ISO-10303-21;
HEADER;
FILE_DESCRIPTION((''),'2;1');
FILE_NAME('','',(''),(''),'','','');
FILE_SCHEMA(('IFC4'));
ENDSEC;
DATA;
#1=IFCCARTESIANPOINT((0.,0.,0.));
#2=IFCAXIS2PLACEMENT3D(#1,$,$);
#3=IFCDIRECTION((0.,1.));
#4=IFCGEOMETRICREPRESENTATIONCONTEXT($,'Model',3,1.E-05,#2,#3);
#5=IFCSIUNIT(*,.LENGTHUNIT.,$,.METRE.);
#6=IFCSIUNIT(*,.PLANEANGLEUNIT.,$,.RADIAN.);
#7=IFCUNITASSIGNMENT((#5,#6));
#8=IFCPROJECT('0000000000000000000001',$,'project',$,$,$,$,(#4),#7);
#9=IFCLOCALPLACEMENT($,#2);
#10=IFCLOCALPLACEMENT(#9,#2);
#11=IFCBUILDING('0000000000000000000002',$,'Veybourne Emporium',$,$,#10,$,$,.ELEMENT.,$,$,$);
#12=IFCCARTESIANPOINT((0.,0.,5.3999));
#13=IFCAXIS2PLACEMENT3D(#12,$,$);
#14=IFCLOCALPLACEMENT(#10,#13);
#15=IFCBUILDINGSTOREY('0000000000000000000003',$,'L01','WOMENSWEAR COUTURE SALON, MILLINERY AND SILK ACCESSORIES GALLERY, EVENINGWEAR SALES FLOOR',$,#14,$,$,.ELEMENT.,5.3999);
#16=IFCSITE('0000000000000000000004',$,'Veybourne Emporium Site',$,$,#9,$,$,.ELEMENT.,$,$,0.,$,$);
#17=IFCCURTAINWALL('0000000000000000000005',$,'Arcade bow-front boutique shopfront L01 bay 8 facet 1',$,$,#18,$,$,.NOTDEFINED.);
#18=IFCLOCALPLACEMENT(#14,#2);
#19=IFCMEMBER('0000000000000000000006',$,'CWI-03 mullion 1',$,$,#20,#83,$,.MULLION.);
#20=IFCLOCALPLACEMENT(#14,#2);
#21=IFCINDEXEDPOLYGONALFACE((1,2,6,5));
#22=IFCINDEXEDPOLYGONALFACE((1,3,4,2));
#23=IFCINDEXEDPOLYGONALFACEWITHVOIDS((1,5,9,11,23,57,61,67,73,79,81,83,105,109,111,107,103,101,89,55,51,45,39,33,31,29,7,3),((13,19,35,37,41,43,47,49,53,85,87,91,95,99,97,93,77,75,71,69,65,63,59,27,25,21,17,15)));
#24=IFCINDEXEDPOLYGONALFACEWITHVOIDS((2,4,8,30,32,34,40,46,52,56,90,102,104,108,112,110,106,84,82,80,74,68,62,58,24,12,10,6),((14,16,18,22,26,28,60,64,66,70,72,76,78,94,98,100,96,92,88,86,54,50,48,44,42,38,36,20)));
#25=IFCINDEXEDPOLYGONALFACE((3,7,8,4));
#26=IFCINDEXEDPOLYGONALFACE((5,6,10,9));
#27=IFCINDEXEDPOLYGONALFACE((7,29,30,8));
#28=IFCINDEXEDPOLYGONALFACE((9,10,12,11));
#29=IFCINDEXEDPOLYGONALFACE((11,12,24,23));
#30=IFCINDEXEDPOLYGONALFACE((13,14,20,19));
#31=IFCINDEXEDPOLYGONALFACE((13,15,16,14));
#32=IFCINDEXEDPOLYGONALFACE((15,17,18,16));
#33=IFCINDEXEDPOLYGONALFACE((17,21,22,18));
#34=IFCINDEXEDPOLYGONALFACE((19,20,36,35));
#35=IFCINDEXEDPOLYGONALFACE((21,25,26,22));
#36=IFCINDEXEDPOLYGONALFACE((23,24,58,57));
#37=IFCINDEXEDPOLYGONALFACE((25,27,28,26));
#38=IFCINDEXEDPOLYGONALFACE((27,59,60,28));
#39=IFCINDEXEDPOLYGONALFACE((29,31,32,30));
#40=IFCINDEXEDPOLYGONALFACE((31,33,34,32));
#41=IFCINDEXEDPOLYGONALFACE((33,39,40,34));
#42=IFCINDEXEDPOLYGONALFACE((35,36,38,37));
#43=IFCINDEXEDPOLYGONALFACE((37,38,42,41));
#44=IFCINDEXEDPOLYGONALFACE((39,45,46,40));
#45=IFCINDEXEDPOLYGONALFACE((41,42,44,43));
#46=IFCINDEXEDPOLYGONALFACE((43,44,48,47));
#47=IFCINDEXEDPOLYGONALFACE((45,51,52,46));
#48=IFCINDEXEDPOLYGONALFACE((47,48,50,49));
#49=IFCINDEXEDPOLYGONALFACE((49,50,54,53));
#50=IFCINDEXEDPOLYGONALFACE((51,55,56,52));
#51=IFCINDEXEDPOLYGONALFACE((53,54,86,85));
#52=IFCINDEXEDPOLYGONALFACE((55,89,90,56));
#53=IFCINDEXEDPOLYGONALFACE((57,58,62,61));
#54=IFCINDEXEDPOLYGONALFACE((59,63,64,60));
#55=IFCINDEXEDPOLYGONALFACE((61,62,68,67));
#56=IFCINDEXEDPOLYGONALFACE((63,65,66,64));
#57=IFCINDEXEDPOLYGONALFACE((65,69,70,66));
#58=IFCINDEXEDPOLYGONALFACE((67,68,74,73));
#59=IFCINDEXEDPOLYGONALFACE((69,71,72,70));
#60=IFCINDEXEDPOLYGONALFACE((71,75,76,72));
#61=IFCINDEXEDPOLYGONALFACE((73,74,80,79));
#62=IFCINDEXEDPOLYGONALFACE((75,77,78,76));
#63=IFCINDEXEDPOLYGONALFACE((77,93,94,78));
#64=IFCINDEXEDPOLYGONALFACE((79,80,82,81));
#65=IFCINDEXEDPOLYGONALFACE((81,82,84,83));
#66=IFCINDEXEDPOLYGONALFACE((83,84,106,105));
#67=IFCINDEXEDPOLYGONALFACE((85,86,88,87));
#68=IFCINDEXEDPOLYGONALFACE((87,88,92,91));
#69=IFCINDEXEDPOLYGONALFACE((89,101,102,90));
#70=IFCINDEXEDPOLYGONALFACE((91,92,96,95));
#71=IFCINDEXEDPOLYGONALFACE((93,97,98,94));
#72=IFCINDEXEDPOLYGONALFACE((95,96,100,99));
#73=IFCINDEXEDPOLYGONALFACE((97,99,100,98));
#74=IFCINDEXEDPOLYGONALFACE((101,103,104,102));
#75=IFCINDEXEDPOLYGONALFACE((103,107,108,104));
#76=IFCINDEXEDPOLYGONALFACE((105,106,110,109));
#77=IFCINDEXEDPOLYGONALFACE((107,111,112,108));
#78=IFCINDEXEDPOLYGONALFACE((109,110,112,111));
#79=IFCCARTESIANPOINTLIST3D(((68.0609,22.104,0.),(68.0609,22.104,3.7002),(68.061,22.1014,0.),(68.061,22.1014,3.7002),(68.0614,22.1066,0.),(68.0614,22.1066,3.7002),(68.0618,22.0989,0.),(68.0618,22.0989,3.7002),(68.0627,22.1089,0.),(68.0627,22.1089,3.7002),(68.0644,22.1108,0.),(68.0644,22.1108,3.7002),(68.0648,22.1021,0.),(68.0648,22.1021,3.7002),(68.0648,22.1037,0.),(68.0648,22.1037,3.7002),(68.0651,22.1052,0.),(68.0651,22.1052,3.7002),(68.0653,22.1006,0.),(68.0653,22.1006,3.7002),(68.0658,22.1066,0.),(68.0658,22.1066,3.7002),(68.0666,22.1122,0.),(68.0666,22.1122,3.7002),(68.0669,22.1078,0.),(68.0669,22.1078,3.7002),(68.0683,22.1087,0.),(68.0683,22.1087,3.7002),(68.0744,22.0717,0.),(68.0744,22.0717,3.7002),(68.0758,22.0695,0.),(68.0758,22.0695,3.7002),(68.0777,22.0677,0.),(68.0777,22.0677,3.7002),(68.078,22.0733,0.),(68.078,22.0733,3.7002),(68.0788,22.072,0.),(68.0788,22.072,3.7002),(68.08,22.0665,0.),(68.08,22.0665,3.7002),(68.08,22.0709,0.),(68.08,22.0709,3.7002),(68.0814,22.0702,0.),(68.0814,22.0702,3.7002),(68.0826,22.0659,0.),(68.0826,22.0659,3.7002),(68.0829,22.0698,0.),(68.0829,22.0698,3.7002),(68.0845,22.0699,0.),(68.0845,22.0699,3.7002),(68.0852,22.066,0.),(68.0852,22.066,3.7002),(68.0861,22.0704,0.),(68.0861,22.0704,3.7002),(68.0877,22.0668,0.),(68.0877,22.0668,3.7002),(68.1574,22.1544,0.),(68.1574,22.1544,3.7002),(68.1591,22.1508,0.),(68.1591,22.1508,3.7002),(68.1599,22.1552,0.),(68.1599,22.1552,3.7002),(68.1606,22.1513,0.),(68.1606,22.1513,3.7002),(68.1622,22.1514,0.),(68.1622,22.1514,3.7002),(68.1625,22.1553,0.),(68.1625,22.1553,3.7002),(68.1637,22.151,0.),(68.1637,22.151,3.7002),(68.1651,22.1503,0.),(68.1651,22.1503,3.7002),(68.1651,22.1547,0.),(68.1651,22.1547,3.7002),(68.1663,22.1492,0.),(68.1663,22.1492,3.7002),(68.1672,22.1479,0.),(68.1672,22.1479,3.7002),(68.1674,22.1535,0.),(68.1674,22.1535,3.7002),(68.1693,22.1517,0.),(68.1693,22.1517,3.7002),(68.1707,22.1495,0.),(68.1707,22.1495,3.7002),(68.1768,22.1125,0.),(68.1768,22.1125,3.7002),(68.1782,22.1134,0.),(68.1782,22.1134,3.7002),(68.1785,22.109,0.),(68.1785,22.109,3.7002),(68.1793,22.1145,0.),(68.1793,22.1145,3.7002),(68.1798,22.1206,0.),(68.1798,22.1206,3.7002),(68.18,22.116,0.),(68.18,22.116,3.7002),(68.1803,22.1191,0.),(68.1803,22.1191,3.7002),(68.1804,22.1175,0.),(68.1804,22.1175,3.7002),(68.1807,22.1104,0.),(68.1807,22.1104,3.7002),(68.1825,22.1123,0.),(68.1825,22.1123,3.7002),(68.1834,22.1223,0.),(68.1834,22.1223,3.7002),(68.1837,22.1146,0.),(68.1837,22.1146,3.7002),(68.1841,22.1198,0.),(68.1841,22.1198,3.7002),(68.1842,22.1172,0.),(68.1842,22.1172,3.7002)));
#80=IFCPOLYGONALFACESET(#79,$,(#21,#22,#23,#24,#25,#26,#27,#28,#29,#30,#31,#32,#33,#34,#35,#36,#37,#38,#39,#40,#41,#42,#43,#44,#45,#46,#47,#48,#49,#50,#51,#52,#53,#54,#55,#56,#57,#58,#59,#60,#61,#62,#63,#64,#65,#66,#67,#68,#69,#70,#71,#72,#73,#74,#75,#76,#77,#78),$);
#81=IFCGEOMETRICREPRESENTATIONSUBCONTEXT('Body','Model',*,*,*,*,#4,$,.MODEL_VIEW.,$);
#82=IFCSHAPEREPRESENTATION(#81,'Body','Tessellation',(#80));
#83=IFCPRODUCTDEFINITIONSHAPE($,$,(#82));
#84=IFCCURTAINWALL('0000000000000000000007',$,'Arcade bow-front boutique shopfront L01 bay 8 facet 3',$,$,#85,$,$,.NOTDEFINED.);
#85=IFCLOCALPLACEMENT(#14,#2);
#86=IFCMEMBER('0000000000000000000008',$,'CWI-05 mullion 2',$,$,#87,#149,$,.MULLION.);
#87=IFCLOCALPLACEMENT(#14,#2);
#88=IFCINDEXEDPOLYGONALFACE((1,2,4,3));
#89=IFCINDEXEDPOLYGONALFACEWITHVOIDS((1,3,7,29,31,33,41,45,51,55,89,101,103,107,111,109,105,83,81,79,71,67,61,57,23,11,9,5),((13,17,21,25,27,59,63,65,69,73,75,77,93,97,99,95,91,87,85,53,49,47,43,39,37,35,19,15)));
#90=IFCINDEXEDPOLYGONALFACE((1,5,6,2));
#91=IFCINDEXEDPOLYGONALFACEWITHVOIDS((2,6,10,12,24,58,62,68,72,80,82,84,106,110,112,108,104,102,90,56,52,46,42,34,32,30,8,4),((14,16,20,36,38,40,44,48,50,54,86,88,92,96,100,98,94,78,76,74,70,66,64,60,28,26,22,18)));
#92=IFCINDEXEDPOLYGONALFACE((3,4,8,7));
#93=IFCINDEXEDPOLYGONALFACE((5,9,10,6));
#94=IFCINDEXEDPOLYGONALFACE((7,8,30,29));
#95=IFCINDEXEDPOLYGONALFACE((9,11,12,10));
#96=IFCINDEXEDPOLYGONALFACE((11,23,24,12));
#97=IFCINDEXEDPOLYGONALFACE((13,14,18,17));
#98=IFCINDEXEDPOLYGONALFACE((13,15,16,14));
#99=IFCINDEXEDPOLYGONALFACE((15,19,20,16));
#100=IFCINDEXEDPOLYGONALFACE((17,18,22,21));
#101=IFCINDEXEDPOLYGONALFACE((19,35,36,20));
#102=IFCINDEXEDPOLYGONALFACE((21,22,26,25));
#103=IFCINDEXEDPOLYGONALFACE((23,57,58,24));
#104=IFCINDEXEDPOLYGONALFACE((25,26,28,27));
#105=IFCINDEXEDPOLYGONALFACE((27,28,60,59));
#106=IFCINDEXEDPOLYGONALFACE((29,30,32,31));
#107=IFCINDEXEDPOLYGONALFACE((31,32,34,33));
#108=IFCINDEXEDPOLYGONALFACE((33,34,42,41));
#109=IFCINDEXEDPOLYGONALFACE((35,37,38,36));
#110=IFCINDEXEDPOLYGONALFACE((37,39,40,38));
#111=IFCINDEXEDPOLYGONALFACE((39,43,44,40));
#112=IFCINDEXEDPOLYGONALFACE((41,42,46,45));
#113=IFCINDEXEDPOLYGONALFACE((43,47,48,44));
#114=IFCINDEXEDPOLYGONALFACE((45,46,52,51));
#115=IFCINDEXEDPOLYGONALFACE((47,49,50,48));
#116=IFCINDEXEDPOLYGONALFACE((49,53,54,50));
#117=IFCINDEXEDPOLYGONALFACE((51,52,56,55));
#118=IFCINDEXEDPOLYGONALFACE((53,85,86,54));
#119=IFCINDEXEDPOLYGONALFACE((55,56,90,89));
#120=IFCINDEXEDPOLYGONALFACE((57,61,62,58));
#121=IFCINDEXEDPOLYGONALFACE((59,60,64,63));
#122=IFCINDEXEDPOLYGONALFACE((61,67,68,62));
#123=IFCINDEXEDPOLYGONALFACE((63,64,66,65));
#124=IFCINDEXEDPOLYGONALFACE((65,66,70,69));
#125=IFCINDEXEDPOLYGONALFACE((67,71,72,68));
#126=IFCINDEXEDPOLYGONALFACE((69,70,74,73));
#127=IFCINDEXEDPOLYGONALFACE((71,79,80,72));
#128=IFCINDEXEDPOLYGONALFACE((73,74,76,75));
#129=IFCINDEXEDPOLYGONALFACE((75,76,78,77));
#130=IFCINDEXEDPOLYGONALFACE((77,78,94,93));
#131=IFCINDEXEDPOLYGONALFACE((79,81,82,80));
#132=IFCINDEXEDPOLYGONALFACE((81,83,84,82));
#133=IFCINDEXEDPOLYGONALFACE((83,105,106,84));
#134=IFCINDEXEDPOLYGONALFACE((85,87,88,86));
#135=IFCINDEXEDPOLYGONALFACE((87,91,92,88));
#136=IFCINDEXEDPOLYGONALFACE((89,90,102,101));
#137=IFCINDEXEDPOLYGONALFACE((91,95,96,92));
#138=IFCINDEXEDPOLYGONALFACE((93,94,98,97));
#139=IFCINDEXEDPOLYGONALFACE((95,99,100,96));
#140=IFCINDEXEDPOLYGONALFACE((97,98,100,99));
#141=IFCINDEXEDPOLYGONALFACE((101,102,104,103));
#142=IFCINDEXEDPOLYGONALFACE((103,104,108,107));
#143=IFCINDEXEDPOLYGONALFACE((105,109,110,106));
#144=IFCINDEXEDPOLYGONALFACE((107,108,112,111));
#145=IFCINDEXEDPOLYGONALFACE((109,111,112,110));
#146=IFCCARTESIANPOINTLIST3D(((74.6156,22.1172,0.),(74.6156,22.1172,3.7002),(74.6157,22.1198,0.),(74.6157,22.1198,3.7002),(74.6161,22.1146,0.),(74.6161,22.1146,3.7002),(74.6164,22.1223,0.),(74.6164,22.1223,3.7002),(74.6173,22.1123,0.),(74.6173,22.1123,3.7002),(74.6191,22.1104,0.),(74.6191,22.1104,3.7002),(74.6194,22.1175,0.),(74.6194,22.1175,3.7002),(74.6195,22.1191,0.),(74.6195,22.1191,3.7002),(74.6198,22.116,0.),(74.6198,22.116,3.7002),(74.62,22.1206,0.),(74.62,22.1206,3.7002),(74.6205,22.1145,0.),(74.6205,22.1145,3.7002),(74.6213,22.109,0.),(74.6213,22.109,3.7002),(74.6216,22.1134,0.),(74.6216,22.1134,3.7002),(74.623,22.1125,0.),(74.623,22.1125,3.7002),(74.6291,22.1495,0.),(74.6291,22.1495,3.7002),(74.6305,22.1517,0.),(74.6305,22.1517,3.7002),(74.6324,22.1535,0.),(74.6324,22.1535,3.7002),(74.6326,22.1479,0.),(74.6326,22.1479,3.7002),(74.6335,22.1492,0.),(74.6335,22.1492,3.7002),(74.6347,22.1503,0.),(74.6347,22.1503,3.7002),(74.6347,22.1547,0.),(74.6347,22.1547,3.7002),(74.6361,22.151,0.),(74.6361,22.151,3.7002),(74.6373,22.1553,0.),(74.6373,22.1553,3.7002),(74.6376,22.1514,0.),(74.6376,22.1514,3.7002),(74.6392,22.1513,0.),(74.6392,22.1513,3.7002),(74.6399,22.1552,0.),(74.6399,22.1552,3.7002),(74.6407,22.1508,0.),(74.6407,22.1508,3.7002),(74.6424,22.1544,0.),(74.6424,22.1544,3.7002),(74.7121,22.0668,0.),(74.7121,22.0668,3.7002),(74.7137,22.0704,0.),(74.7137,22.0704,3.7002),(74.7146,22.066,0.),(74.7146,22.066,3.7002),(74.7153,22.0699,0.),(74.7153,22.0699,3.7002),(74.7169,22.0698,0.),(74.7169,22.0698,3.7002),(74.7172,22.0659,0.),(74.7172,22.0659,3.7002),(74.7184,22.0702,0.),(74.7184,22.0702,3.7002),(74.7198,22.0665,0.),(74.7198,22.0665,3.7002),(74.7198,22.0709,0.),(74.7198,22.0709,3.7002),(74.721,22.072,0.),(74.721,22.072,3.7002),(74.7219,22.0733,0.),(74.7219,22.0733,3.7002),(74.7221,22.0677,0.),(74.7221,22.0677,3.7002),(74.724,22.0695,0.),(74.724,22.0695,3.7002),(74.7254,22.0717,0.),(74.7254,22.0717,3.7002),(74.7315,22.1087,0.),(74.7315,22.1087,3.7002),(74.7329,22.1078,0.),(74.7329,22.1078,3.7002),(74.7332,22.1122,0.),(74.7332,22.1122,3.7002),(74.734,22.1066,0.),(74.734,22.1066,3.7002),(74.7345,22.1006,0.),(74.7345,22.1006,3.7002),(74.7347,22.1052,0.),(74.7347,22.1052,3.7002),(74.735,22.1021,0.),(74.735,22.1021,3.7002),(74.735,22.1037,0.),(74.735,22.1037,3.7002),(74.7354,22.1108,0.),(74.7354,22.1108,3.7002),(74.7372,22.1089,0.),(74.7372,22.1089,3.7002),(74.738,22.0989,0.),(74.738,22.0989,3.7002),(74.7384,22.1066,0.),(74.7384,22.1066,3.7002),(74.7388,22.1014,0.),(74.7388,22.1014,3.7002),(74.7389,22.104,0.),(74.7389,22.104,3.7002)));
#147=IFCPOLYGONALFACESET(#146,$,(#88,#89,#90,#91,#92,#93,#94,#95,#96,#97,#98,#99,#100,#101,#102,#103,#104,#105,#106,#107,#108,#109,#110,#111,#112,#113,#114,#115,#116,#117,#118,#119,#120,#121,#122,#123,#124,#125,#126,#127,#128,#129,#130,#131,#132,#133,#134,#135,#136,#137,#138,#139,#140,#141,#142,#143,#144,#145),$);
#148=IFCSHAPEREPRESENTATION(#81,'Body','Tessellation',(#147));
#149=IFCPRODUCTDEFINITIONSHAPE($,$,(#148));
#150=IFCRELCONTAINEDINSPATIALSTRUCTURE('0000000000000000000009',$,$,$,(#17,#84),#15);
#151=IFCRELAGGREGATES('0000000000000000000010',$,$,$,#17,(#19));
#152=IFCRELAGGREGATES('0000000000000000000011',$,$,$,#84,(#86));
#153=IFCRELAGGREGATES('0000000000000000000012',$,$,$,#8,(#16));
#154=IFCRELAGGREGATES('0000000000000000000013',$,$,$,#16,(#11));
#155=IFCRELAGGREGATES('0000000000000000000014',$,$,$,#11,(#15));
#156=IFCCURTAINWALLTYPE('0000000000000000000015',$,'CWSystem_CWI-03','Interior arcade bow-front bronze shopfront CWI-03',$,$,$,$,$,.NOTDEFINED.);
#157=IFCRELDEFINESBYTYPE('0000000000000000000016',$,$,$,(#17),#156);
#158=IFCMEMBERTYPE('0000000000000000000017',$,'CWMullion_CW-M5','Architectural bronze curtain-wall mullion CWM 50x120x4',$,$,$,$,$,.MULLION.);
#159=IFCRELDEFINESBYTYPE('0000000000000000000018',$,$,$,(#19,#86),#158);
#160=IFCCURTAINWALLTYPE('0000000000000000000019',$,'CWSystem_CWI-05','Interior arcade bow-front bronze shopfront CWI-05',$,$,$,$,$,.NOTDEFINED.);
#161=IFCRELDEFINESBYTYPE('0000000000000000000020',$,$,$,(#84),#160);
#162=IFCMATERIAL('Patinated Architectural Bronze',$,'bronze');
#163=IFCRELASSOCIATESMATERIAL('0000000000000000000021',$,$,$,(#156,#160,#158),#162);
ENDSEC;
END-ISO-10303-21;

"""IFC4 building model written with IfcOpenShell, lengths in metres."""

from ifc_helpers import new_model, si_unit, direction, frame, origin, origin_2d, place, context, subcontext, project, spatial, hollow_rectangle, extrude, material, material_profile, profile_set, type_object, element, aggregate, save


model = new_model("IFC4")

# Units and contexts
model_context = context("Model", 3, precision=1e-05, world=origin(), true_north=direction((0.0, 1.0)))
body_context = subcontext(model_context, "Body", "Model", "MODEL_VIEW")
ifc_project = project(units=[si_unit("LENGTHUNIT", "METRE"), si_unit("PLANEANGLEUNIT", "RADIAN")], contexts=[model_context])

# Site, building, storey
site_placement = place(None, origin())
site = spatial("IfcSite", under=ifc_project, at=site_placement, Name="Veybourne Emporium Site", CompositionType="ELEMENT", RefElevation=0.0)
building_placement = place(site_placement, origin())
building = spatial("IfcBuilding", under=site, at=building_placement, Name="Veybourne Emporium", CompositionType="ELEMENT")
storey_placement = place(building_placement, frame((0.0, 0.0, 5.3999)))
storey = spatial("IfcBuildingStorey", under=building, at=storey_placement, Name="L01", Description="WOMENSWEAR COUTURE SALON, MILLINERY AND SILK ACCESSORIES GALLERY, EVENINGWEAR SALES FLOOR", CompositionType="ELEMENT", Elevation=5.3999)

# Shared definitions
ifc_material_1 = material(Name="Patinated Architectural Bronze", Category="bronze")

# Curtain walls, members
curtain_wall_type_1 = type_object("IfcCurtainWallType", Name="CWSystem_CWI-03", Description="Interior arcade bow-front bronze shopfront CWI-03", PredefinedType="NOTDEFINED", material=ifc_material_1)
curtain_wall_1_placement = place(storey_placement, origin())
curtain_wall_1 = element("IfcCurtainWall", 1, at=curtain_wall_1_placement, inside=storey, type_object=curtain_wall_type_1, Name="Arcade bow-front boutique shopfront L01 bay 8 facet 1", PredefinedType="NOTDEFINED")
ifc_material_profile_1 = material_profile(ifc_material_1, hollow_rectangle(XDim=0.05, YDim=0.1201, WallThickness=0.0039, InnerFilletRadius=0.0061, OuterFilletRadius=0.01, at=origin_2d()), Name="CWM 50x120x4")
ifc_profile_set_1 = profile_set([ifc_material_profile_1], Name="Patinated Architectural Bronze")
member_type_1 = type_object("IfcMemberType", Name="CWMullion_CW-M5", Description="Architectural bronze curtain-wall mullion CWM 50x120x4", PredefinedType="MULLION", material=ifc_profile_set_1)
member_1_placement = place(storey_placement, frame((68.1226, 22.1106, 0.0), z_axis=(0.0, 0.0, 1.0), x_axis=(-0.421111, 0.907009, 0.0)))
member_1 = element("IfcMember", 2, at=member_1_placement, type_object=member_type_1, Name="CWI-03 mullion 1", PredefinedType="MULLION", context=body_context, shape_type="SweptSolid", body=[
    extrude(hollow_rectangle(XDim=0.05, YDim=0.1201, WallThickness=0.0039, InnerFilletRadius=0.0061, OuterFilletRadius=0.01, at=origin_2d()), origin(), (0.0, 0.0, 1.0), 3.7002),
])
aggregate(curtain_wall_1, [member_1])
curtain_wall_type_2 = type_object("IfcCurtainWallType", Name="CWSystem_CWI-05", Description="Interior arcade bow-front bronze shopfront CWI-05", PredefinedType="NOTDEFINED", material=ifc_material_1)
curtain_wall_2_placement = place(storey_placement, origin())
curtain_wall_2 = element("IfcCurtainWall", 3, at=curtain_wall_2_placement, inside=storey, type_object=curtain_wall_type_2, Name="Arcade bow-front boutique shopfront L01 bay 8 facet 3", PredefinedType="NOTDEFINED")
member_2_placement = place(storey_placement, frame((74.6772, 22.1106, 0.0), z_axis=(0.0, 0.0, 1.0), x_axis=(0.421111, 0.907009, 0.0)))
member_2 = element("IfcMember", 4, at=member_2_placement, type_object=member_type_1, Name="CWI-05 mullion 2", PredefinedType="MULLION", context=body_context, shape_type="SweptSolid", body=[
    extrude(hollow_rectangle(XDim=0.05, YDim=0.1201, WallThickness=0.0039, InnerFilletRadius=0.0061, OuterFilletRadius=0.01, at=origin_2d()), origin(), (0.0, 0.0, 1.0), 3.7002),
])
aggregate(curtain_wall_2, [member_2])

save(model, "model.ifc")
